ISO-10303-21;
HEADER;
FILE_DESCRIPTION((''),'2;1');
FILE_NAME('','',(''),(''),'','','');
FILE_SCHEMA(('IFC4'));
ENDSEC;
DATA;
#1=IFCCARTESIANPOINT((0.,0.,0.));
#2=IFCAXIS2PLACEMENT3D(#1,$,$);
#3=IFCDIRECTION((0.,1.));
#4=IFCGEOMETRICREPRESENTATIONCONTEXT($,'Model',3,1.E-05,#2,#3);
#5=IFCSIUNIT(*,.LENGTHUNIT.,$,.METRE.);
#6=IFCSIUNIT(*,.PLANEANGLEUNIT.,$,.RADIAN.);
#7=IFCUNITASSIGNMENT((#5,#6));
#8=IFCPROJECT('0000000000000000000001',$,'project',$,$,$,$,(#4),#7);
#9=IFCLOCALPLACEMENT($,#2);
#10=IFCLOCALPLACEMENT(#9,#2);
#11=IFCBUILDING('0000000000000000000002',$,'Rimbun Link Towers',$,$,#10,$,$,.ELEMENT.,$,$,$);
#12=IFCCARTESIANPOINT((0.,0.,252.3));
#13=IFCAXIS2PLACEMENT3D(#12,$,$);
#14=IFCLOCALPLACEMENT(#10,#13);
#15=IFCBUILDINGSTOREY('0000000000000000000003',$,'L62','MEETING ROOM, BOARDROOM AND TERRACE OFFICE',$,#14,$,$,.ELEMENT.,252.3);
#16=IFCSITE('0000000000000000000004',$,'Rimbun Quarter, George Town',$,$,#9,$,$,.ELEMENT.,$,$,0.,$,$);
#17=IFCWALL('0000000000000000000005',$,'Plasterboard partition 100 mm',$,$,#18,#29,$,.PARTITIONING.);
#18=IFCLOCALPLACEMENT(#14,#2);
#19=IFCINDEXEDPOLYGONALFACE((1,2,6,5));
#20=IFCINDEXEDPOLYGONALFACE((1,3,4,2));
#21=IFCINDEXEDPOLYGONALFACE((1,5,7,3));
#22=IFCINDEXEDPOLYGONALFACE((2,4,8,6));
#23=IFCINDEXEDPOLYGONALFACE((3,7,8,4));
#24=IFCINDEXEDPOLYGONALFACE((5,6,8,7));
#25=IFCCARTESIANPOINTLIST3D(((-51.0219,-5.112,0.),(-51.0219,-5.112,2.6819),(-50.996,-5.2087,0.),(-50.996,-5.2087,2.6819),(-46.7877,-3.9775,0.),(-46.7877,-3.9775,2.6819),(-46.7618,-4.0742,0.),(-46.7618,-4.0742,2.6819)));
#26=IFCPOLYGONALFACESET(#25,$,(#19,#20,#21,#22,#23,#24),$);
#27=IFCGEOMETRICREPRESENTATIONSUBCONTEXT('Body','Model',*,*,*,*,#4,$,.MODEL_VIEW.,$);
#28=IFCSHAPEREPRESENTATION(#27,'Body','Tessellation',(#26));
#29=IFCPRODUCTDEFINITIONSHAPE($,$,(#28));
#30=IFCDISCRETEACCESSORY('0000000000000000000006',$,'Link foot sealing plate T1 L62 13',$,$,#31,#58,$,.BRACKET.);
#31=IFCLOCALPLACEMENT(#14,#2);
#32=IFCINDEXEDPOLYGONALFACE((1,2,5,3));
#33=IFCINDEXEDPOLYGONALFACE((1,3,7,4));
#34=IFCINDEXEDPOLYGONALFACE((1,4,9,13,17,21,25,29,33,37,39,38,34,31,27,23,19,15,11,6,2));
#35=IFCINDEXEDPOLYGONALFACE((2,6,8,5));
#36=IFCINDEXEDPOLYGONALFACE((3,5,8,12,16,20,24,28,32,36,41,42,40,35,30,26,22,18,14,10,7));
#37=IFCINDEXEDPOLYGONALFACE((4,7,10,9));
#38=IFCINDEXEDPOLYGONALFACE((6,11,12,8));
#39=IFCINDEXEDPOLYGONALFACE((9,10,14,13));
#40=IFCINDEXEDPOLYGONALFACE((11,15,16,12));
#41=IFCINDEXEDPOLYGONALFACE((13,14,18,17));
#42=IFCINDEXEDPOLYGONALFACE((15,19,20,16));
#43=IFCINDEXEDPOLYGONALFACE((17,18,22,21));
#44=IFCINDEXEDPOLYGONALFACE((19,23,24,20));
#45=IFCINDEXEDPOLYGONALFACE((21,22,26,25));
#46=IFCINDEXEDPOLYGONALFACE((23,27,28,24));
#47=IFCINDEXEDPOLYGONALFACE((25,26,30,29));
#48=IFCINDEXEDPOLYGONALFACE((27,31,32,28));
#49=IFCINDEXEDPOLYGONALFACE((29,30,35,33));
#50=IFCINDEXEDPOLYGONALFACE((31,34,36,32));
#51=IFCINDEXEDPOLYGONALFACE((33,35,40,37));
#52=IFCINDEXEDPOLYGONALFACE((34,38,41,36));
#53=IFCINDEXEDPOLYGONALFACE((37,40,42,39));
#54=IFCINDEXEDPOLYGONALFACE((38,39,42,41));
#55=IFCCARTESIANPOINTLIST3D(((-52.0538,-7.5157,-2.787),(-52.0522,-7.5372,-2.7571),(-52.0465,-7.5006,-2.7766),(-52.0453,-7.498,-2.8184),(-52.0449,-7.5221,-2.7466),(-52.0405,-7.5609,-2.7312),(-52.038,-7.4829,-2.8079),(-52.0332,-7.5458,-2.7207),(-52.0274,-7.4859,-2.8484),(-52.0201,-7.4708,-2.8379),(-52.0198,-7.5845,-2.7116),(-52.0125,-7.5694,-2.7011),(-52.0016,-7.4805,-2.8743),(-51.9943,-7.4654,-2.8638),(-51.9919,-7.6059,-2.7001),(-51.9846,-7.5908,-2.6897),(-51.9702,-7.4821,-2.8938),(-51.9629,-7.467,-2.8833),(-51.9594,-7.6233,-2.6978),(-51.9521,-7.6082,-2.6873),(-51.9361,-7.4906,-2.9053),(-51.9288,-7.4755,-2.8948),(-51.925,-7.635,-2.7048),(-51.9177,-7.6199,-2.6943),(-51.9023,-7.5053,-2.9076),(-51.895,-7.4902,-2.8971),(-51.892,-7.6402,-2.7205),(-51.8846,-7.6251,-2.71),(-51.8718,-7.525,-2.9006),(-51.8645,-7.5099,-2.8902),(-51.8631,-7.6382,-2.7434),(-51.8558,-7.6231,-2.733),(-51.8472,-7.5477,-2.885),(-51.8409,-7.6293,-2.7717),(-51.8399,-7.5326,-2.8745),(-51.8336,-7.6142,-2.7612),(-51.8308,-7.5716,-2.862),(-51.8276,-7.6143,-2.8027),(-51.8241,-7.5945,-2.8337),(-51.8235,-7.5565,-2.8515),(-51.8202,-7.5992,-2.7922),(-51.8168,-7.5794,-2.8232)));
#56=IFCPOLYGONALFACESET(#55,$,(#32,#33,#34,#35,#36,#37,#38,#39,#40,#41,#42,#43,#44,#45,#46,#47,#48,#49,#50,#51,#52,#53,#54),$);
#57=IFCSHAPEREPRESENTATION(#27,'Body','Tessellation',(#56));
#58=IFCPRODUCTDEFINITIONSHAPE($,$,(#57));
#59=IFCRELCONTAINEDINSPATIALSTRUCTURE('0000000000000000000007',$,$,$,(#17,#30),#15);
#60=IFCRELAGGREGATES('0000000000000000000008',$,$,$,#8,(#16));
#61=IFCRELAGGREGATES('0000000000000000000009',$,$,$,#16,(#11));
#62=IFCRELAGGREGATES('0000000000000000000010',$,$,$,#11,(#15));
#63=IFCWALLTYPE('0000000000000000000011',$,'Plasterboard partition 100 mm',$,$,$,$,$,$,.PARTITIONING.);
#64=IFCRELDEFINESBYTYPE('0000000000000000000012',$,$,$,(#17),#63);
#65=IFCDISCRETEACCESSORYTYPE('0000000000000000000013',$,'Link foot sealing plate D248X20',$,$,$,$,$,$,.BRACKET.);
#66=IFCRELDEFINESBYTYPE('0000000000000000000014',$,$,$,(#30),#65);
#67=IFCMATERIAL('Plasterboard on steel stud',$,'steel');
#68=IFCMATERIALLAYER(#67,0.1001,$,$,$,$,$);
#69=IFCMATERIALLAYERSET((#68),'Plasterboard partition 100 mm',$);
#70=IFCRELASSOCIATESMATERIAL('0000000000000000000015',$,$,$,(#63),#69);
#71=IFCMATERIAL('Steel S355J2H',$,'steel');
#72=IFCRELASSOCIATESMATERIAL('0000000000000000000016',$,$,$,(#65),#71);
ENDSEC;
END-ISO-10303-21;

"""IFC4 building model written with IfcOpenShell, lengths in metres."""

from ifc_helpers import new_model, si_unit, direction, frame, frame_2d, origin, origin_2d, place, context, subcontext, project, spatial, rectangle, circle, extrude, material, layer, layer_set, material_profile, profile_set, type_object, element, save


model = new_model("IFC4")

# Units and contexts
model_context = context("Model", 3, precision=1e-05, world=origin(), true_north=direction((0.0, 1.0)))
body_context = subcontext(model_context, "Body", "Model", "MODEL_VIEW")
ifc_project = project(units=[si_unit("LENGTHUNIT", "METRE"), si_unit("PLANEANGLEUNIT", "RADIAN")], contexts=[model_context])

# Site, building, storey
site_placement = place(None, origin())
site = spatial("IfcSite", under=ifc_project, at=site_placement, Name="Rimbun Quarter, George Town", CompositionType="ELEMENT", RefElevation=0.0)
building_placement = place(site_placement, origin())
building = spatial("IfcBuilding", under=site, at=building_placement, Name="Rimbun Link Towers", CompositionType="ELEMENT")
storey_placement = place(building_placement, frame((0.0, 0.0, 252.3)))
storey = spatial("IfcBuildingStorey", under=building, at=storey_placement, Name="L62", Description="MEETING ROOM, BOARDROOM AND TERRACE OFFICE", CompositionType="ELEMENT", Elevation=252.3)

# Wall
ifc_material_1 = material(Name="Plasterboard on steel stud", Category="steel")
ifc_layer_1 = layer(ifc_material_1, 0.1001)
ifc_layer_set_1 = layer_set([ifc_layer_1], Name="Plasterboard partition 100 mm")
wall_type = type_object("IfcWallType", Name="Plasterboard partition 100 mm", PredefinedType="PARTITIONING", material=ifc_layer_set_1)
wall_1_placement = place(storey_placement, frame((-51.009, -5.1604, 0.0), z_axis=(0.0, 0.0, 1.0), x_axis=(0.965926, 0.258817, 0.0)))
element("IfcWall", 1, at=wall_1_placement, inside=storey, type_object=wall_type, Name="Plasterboard partition 100 mm", PredefinedType="PARTITIONING", context=body_context, shape_type="SweptSolid", body=[
    extrude(rectangle(XDim=4.3835, YDim=0.1001, at=frame_2d((2.1919, 0.0))), origin(), (0.0, 0.0, 1.0), 2.6819),
])

# Discrete accessory
ifc_material_2 = material(Name="Steel S355J2H", Category="steel")
ifc_material_profile_1 = material_profile(ifc_material_2, circle(Radius=0.124, at=origin_2d()), Name="PL D248")
ifc_profile_set_1 = profile_set([ifc_material_profile_1], Name="Steel S355J2H")
discrete_accessory_type = type_object("IfcDiscreteAccessoryType", Name="Link foot sealing plate D248X20", PredefinedType="BRACKET", material=ifc_profile_set_1)
discrete_accessory_placement = place(storey_placement, frame((-51.9319, -7.5452, -2.7922), z_axis=(-0.36947, -0.763572, -0.529574), x_axis=(0.900159, -0.435561, 0.0)))
element("IfcDiscreteAccessory", 2, at=discrete_accessory_placement, inside=storey, type_object=discrete_accessory_type, Name="Link foot sealing plate T1 L62 13", PredefinedType="BRACKET", context=body_context, shape_type="SweptSolid", body=[
    extrude(circle(Radius=0.124, at=origin_2d()), origin(), (0.0, 0.0, 1.0), 0.0198),
])

save(model, "model.ifc")
